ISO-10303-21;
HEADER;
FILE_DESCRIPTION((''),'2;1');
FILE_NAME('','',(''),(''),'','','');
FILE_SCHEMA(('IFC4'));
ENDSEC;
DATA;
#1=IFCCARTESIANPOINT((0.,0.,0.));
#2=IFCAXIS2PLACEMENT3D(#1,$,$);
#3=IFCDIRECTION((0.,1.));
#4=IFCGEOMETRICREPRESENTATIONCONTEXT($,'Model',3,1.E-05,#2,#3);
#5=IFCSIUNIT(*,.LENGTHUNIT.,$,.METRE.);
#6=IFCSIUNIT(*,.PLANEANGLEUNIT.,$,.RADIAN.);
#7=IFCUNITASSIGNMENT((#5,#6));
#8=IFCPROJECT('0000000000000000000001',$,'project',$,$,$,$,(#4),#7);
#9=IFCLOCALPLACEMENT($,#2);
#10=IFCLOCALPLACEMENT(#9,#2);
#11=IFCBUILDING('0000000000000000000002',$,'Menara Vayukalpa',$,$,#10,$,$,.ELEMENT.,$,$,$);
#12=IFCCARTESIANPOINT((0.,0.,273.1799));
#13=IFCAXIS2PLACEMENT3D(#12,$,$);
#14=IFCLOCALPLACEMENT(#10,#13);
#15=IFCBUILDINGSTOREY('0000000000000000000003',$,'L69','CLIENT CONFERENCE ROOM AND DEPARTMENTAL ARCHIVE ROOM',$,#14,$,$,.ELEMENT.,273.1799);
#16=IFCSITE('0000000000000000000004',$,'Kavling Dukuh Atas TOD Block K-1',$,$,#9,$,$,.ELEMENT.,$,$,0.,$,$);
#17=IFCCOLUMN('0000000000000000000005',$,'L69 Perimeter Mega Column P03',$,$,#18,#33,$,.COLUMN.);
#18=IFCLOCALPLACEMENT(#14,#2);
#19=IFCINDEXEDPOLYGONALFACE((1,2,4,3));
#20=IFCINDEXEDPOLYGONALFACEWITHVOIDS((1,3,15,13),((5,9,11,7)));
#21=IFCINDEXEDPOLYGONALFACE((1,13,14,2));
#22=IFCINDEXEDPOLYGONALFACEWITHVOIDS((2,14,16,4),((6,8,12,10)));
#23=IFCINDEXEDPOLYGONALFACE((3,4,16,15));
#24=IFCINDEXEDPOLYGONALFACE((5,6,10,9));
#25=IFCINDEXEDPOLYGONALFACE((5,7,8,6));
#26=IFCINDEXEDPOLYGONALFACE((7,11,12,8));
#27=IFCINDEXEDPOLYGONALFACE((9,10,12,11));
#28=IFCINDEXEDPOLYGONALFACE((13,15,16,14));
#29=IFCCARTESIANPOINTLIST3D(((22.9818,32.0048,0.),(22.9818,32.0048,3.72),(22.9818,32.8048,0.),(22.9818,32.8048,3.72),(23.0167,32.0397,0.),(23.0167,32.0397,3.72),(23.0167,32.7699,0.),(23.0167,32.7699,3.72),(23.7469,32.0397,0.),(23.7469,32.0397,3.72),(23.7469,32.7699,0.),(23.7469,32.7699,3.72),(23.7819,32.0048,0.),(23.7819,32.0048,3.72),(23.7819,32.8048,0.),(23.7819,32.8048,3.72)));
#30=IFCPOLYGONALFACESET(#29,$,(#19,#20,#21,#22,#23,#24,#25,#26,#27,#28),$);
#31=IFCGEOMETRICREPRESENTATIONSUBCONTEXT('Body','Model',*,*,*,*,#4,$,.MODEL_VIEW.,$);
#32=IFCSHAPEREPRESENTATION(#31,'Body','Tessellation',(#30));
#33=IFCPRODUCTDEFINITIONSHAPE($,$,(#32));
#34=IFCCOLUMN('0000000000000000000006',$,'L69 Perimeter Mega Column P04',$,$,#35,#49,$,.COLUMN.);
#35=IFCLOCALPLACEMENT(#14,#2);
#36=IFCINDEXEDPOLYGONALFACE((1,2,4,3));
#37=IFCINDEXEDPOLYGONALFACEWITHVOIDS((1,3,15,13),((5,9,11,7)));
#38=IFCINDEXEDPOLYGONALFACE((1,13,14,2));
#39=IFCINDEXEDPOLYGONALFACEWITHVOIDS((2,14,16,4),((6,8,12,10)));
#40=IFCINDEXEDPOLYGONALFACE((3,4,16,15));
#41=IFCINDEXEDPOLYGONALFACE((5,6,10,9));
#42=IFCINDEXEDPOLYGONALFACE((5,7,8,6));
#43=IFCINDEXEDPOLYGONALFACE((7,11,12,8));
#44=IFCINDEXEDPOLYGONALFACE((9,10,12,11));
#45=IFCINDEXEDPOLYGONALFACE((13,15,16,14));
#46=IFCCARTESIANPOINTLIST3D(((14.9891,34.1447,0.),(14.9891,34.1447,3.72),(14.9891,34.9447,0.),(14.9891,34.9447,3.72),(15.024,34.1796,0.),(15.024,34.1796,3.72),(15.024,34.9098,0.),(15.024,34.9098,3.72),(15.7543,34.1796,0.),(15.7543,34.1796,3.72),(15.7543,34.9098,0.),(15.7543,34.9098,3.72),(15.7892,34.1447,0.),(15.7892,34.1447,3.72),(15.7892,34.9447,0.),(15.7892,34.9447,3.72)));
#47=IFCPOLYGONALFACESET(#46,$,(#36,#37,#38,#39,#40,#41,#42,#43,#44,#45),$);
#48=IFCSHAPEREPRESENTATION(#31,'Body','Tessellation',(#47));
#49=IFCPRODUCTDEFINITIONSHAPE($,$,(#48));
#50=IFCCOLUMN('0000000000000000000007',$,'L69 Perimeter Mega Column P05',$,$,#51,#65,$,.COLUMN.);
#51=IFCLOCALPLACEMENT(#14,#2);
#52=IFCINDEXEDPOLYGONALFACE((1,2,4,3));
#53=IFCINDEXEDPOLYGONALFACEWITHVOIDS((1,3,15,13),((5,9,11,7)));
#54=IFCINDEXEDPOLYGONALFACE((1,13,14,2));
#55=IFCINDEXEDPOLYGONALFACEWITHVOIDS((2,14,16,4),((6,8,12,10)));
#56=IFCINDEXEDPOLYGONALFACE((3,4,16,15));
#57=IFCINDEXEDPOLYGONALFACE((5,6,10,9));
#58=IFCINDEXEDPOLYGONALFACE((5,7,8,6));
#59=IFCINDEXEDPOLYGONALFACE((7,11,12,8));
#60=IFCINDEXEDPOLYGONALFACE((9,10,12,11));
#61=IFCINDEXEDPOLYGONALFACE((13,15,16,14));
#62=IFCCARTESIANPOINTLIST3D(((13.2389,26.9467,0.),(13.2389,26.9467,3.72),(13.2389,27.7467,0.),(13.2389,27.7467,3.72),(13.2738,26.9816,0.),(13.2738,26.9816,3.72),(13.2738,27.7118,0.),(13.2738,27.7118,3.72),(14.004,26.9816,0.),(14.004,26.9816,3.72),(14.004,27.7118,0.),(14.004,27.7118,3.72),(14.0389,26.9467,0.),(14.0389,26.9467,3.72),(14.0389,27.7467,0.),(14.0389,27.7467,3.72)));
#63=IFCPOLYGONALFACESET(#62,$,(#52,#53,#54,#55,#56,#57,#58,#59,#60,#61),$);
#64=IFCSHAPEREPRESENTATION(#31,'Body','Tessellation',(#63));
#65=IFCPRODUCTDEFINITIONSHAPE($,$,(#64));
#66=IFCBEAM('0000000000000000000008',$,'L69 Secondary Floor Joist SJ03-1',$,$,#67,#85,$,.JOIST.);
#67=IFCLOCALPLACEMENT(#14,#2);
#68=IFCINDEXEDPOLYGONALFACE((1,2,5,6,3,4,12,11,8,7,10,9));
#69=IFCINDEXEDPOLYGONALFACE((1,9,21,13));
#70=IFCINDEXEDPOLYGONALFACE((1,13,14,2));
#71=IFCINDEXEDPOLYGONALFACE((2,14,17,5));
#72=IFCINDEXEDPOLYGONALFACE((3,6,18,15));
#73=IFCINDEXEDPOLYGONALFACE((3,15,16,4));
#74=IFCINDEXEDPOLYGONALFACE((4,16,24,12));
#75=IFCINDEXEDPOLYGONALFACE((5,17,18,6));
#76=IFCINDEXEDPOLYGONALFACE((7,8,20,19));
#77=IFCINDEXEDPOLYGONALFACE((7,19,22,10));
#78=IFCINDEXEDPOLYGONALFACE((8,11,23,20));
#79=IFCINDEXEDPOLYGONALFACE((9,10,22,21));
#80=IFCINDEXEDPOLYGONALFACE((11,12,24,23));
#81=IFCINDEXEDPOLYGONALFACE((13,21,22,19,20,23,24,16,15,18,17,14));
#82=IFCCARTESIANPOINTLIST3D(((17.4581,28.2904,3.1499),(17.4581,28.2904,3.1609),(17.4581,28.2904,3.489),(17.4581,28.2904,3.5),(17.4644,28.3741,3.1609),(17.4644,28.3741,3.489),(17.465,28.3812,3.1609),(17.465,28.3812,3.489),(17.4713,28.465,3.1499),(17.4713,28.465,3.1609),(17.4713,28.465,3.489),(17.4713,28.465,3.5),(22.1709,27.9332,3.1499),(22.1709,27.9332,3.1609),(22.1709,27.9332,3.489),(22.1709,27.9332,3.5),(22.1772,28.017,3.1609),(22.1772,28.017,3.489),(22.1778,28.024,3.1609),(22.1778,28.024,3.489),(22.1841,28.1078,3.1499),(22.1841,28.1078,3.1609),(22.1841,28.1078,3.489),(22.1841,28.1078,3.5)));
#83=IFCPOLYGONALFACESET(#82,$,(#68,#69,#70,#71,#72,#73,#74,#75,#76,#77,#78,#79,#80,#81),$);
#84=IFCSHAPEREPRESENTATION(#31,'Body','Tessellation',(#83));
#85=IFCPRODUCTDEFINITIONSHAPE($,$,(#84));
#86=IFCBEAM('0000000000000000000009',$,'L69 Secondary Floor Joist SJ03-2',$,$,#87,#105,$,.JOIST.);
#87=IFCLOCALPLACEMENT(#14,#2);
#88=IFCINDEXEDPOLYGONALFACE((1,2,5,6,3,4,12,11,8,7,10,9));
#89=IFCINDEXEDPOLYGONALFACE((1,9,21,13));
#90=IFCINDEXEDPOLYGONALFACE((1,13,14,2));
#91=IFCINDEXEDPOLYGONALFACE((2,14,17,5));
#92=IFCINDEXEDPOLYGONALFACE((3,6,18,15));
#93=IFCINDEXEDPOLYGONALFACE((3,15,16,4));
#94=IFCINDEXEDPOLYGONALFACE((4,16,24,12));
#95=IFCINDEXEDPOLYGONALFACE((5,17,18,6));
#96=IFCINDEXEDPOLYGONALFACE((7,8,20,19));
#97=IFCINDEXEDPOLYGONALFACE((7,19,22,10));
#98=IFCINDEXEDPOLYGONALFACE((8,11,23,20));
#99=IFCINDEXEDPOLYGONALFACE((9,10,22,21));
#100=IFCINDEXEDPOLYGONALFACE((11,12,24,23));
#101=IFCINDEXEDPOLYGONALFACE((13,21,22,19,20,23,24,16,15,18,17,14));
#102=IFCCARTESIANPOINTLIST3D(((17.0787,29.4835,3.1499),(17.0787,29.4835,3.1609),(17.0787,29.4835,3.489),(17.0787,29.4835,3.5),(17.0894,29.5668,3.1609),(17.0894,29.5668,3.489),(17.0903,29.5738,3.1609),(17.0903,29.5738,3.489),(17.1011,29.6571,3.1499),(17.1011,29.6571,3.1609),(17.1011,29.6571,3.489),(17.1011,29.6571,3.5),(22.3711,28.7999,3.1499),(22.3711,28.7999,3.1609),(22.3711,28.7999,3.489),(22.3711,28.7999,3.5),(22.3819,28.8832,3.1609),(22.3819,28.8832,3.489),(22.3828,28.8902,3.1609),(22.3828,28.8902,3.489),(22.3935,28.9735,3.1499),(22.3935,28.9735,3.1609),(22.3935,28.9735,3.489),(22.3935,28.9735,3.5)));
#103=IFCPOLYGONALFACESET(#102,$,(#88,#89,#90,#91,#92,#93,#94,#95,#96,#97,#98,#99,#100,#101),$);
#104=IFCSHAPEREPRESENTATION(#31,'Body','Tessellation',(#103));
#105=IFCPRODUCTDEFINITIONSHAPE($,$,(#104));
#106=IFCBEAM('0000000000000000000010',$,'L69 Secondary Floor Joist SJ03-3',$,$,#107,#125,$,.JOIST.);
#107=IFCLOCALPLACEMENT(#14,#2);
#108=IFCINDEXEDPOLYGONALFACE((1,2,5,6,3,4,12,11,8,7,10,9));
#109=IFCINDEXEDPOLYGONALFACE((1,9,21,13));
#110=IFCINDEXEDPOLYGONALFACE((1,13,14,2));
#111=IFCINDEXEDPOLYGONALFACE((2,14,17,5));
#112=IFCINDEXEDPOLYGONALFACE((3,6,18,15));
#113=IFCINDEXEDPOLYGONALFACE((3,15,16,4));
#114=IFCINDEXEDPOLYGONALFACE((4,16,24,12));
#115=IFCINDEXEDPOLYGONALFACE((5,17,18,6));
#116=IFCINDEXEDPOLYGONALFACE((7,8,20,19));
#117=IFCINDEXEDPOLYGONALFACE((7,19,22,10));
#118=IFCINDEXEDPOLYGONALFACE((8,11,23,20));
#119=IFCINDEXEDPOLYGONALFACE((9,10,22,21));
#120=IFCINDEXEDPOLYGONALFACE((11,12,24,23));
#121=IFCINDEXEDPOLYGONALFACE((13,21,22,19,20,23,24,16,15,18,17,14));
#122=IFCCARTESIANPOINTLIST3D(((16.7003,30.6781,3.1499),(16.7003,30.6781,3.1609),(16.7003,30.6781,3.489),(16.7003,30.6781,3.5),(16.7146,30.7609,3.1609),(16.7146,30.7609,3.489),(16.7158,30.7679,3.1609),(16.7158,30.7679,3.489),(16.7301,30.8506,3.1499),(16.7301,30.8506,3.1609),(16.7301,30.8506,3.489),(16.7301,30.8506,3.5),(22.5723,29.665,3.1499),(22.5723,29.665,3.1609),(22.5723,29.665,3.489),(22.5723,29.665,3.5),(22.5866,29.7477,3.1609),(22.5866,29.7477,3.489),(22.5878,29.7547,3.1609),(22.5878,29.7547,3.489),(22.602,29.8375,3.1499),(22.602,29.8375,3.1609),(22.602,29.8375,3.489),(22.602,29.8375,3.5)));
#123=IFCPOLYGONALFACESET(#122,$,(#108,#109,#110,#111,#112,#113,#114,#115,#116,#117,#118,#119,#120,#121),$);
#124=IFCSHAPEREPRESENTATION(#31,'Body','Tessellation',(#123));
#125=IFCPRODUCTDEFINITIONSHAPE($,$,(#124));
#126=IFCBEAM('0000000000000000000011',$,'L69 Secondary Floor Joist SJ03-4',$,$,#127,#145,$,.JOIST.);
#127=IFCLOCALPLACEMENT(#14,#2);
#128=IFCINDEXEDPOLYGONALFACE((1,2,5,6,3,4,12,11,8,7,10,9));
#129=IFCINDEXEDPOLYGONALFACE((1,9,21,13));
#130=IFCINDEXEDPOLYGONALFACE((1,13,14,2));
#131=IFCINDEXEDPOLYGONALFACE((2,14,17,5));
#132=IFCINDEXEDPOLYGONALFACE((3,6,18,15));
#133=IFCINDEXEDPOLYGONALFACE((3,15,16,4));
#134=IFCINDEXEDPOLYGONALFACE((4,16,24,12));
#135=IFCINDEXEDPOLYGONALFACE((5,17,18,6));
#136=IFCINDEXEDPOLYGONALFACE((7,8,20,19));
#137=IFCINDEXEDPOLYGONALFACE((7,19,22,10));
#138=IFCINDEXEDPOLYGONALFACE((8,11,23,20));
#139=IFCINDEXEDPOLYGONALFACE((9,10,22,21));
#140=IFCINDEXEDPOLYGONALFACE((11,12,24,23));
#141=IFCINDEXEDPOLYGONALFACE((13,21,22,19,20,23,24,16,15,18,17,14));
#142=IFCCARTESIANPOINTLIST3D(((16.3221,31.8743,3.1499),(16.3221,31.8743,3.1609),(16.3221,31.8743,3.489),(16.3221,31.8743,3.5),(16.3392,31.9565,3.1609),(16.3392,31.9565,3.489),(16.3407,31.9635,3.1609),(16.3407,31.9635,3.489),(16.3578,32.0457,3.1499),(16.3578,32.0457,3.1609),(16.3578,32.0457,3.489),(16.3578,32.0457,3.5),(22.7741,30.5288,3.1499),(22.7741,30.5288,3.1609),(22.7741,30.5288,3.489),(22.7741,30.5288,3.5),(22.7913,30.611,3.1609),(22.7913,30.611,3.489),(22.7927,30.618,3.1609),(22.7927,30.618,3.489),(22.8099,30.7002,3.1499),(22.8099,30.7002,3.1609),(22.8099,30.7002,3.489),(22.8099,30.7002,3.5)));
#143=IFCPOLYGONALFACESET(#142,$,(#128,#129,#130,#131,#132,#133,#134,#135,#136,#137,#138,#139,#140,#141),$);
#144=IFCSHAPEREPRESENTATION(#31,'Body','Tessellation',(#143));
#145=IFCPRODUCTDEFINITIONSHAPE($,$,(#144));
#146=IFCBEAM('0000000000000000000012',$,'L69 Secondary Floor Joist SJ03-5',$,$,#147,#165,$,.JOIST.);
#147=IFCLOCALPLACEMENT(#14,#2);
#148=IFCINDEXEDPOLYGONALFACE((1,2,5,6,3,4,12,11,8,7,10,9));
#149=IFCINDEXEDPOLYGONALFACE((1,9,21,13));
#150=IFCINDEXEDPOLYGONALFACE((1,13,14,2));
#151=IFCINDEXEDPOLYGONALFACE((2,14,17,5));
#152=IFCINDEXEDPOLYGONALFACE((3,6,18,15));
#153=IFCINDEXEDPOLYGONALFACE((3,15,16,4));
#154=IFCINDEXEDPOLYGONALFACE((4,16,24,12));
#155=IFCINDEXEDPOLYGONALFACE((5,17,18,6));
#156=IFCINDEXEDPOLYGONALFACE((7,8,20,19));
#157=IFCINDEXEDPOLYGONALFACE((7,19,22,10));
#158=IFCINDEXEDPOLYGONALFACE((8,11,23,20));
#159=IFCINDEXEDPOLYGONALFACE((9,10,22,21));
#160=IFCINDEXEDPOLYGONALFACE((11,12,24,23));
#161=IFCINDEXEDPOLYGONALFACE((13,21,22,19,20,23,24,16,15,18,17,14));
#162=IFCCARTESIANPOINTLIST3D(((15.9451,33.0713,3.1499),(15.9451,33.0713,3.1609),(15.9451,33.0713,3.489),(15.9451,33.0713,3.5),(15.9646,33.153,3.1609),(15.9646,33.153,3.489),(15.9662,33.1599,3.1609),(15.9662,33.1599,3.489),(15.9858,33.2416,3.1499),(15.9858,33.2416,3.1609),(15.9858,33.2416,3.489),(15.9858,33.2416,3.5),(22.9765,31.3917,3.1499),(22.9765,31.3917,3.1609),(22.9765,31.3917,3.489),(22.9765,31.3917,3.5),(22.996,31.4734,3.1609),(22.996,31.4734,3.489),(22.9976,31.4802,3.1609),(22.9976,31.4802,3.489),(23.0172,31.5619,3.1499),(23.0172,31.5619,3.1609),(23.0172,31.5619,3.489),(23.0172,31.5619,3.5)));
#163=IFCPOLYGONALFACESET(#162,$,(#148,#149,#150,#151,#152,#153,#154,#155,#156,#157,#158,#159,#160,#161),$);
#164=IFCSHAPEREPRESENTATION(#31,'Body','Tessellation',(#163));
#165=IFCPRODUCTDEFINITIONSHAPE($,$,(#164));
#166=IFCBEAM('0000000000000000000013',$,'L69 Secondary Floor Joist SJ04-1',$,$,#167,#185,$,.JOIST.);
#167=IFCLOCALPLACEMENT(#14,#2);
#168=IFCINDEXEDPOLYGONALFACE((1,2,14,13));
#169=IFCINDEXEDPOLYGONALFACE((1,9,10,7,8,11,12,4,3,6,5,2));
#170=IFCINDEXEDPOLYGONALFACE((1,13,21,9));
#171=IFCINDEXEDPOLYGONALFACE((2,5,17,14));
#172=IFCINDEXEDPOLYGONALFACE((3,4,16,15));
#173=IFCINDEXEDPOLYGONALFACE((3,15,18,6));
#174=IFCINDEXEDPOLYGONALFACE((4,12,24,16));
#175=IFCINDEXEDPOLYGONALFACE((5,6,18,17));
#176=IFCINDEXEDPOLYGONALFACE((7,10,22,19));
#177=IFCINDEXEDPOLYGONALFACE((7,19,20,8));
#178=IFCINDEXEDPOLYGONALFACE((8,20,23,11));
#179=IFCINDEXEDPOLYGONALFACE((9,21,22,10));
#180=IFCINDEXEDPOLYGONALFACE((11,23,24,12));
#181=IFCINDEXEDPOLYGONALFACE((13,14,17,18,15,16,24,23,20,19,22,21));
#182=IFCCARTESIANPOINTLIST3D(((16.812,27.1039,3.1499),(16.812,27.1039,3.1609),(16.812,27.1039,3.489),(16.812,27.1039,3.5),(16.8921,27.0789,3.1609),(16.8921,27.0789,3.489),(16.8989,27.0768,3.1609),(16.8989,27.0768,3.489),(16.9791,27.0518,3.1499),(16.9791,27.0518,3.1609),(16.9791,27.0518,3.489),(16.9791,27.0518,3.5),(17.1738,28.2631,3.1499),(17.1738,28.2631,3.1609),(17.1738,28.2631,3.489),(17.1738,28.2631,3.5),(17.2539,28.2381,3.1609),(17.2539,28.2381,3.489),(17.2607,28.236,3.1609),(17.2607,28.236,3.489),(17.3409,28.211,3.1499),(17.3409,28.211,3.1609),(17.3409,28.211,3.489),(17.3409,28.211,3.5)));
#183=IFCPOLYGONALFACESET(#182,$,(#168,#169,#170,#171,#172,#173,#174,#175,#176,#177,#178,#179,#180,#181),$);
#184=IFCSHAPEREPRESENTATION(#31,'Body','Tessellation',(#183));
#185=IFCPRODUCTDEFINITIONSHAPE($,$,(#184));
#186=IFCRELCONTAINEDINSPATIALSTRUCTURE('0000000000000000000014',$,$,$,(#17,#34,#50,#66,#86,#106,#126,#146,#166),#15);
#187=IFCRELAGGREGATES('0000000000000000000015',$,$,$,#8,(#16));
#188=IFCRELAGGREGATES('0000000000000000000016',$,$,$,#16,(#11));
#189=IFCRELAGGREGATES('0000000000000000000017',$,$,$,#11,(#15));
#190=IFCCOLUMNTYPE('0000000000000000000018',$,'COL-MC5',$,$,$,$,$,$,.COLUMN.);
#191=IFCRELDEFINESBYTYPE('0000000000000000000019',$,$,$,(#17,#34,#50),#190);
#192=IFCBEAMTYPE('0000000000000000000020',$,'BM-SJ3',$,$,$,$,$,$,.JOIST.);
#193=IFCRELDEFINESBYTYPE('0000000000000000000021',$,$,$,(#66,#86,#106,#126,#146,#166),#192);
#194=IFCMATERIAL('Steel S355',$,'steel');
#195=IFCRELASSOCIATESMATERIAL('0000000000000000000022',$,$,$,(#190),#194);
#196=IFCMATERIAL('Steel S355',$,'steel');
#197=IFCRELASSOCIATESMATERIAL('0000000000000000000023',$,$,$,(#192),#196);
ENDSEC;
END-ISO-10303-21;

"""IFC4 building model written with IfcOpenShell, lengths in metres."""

from ifc_helpers import new_model, si_unit, direction, frame, origin, origin_2d, place, context, subcontext, project, spatial, hollow_rectangle, i_section, extrude, material, material_profile, profile_set, type_object, element, save


model = new_model("IFC4")

# Units and contexts
model_context = context("Model", 3, precision=1e-05, world=origin(), true_north=direction((0.0, 1.0)))
body_context = subcontext(model_context, "Body", "Model", "MODEL_VIEW")
ifc_project = project(units=[si_unit("LENGTHUNIT", "METRE"), si_unit("PLANEANGLEUNIT", "RADIAN")], contexts=[model_context])

# Site, building, storey
site_placement = place(None, origin())
site = spatial("IfcSite", under=ifc_project, at=site_placement, Name="Kavling Dukuh Atas TOD Block K-1", CompositionType="ELEMENT", RefElevation=0.0)
building_placement = place(site_placement, origin())
building = spatial("IfcBuilding", under=site, at=building_placement, Name="Menara Vayukalpa", CompositionType="ELEMENT")
storey_placement = place(building_placement, frame((0.0, 0.0, 273.1799)))
storey = spatial("IfcBuildingStorey", under=building, at=storey_placement, Name="L69", Description="CLIENT CONFERENCE ROOM AND DEPARTMENTAL ARCHIVE ROOM", CompositionType="ELEMENT", Elevation=273.1799)

# Columns
ifc_material_1 = material(Name="Steel S355", Category="steel")
ifc_material_profile_1 = material_profile(ifc_material_1, hollow_rectangle(XDim=0.8, YDim=0.8, WallThickness=0.0349, at=origin_2d()), Name="BOX 800x800x35")
ifc_profile_set_1 = profile_set([ifc_material_profile_1], Name="Steel S355")
column_type = type_object("IfcColumnType", Name="COL-MC5", PredefinedType="COLUMN", material=ifc_profile_set_1)
for number, where, z_axis, x_axis, name in (
    (1, (23.3818, 32.4048, 0.0), (0.0, 0.0, 1.0), (1.0, 0.0, 0.0), "L69 Perimeter Mega Column P03"),
    (2, (15.3892, 34.5447, 0.0), (0.0, 0.0, 1.0), (1.0, 0.0, 0.0), "L69 Perimeter Mega Column P04"),
    (3, (13.6389, 27.3467, 0.0), (0.0, 0.0, 1.0), (1.0, 0.0, 0.0), "L69 Perimeter Mega Column P05"),
):
    element("IfcColumn", number, at=place(storey_placement, frame(where, z_axis=z_axis, x_axis=x_axis)), inside=storey, type_object=column_type, Name=name, PredefinedType="COLUMN", context=body_context, shape_type="SweptSolid", body=[
        extrude(hollow_rectangle(XDim=0.8, YDim=0.8, WallThickness=0.0349, at=origin_2d()), origin(), (0.0, 0.0, 1.0), 3.72),
    ])

# Beams
ifc_material_2 = material(Name="Steel S355", Category="steel")
ifc_material_profile_2 = material_profile(ifc_material_2, i_section(OverallWidth=0.175, OverallDepth=0.3501, WebThickness=0.0071, FlangeThickness=0.011, at=origin_2d()), Name="WF 350x175x7x11")
ifc_profile_set_2 = profile_set([ifc_material_profile_2], Name="Steel S355")
beam_type_1 = type_object("IfcBeamType", Name="BM-SJ3", PredefinedType="JOIST", material=ifc_profile_set_2)
beam_1_placement = place(storey_placement, frame((22.1775, 28.0205, 3.325), z_axis=(-0.99714, 0.075571, 0.0), x_axis=(-0.075571, -0.99714, 0.0)))
element("IfcBeam", 4, at=beam_1_placement, inside=storey, type_object=beam_type_1, Name="L69 Secondary Floor Joist SJ03-1", PredefinedType="JOIST", context=body_context, shape_type="SweptSolid", body=[
    extrude(i_section(OverallWidth=0.175, OverallDepth=0.3501, WebThickness=0.0071, FlangeThickness=0.011, at=origin_2d()), origin(), (0.0, 0.0, 1.0), 4.7263),
])
beam_2_placement = place(storey_placement, frame((22.3823, 28.8867, 3.325), z_axis=(-0.991761, 0.128099, 0.0), x_axis=(-0.128099, -0.991761, 0.0)))
element("IfcBeam", 5, at=beam_2_placement, inside=storey, type_object=beam_type_1, Name="L69 Secondary Floor Joist SJ03-2", PredefinedType="JOIST", context=body_context, shape_type="SweptSolid", body=[
    extrude(i_section(OverallWidth=0.175, OverallDepth=0.3501, WebThickness=0.0071, FlangeThickness=0.011, at=origin_2d()), origin(), (0.0, 0.0, 1.0), 5.3364),
])
beam_3_placement = place(storey_placement, frame((22.5872, 29.7512, 3.325), z_axis=(-0.985439, 0.17003, 0.0), x_axis=(-0.17003, -0.985439, 0.0)))
element("IfcBeam", 6, at=beam_3_placement, inside=storey, type_object=beam_type_1, Name="L69 Secondary Floor Joist SJ03-3", PredefinedType="JOIST", context=body_context, shape_type="SweptSolid", body=[
    extrude(i_section(OverallWidth=0.175, OverallDepth=0.3501, WebThickness=0.0071, FlangeThickness=0.011, at=origin_2d()), origin(), (0.0, 0.0, 1.0), 5.9587),
])
beam_4_placement = place(storey_placement, frame((22.792, 30.6145, 3.325), z_axis=(-0.978941, 0.204145, 0.0), x_axis=(-0.204145, -0.978941, 0.0)))
element("IfcBeam", 7, at=beam_4_placement, inside=storey, type_object=beam_type_1, Name="L69 Secondary Floor Joist SJ03-4", PredefinedType="JOIST", context=body_context, shape_type="SweptSolid", body=[
    extrude(i_section(OverallWidth=0.175, OverallDepth=0.3501, WebThickness=0.0071, FlangeThickness=0.011, at=origin_2d()), origin(), (0.0, 0.0, 1.0), 6.5908),
])
beam_5_placement = place(storey_placement, frame((22.9968, 31.4768, 3.325), z_axis=(-0.972634, 0.232343, 0.0), x_axis=(-0.232343, -0.972634, 0.0)))
element("IfcBeam", 8, at=beam_5_placement, inside=storey, type_object=beam_type_1, Name="L69 Secondary Floor Joist SJ03-5", PredefinedType="JOIST", context=body_context, shape_type="SweptSolid", body=[
    extrude(i_section(OverallWidth=0.175, OverallDepth=0.3501, WebThickness=0.0071, FlangeThickness=0.011, at=origin_2d()), origin(), (0.0, 0.0, 1.0), 7.2292),
])
beam_6_placement = place(storey_placement, frame((17.2573, 28.2371, 3.325), z_axis=(-0.297954, -0.95458, 0.0), x_axis=(0.95458, -0.297954, 0.0)))
element("IfcBeam", 9, at=beam_6_placement, inside=storey, type_object=beam_type_1, Name="L69 Secondary Floor Joist SJ04-1", PredefinedType="JOIST", context=body_context, shape_type="SweptSolid", body=[
    extrude(i_section(OverallWidth=0.175, OverallDepth=0.3501, WebThickness=0.0071, FlangeThickness=0.011, at=origin_2d()), origin(), (0.0, 0.0, 1.0), 1.2144),
])

save(model, "model.ifc")
